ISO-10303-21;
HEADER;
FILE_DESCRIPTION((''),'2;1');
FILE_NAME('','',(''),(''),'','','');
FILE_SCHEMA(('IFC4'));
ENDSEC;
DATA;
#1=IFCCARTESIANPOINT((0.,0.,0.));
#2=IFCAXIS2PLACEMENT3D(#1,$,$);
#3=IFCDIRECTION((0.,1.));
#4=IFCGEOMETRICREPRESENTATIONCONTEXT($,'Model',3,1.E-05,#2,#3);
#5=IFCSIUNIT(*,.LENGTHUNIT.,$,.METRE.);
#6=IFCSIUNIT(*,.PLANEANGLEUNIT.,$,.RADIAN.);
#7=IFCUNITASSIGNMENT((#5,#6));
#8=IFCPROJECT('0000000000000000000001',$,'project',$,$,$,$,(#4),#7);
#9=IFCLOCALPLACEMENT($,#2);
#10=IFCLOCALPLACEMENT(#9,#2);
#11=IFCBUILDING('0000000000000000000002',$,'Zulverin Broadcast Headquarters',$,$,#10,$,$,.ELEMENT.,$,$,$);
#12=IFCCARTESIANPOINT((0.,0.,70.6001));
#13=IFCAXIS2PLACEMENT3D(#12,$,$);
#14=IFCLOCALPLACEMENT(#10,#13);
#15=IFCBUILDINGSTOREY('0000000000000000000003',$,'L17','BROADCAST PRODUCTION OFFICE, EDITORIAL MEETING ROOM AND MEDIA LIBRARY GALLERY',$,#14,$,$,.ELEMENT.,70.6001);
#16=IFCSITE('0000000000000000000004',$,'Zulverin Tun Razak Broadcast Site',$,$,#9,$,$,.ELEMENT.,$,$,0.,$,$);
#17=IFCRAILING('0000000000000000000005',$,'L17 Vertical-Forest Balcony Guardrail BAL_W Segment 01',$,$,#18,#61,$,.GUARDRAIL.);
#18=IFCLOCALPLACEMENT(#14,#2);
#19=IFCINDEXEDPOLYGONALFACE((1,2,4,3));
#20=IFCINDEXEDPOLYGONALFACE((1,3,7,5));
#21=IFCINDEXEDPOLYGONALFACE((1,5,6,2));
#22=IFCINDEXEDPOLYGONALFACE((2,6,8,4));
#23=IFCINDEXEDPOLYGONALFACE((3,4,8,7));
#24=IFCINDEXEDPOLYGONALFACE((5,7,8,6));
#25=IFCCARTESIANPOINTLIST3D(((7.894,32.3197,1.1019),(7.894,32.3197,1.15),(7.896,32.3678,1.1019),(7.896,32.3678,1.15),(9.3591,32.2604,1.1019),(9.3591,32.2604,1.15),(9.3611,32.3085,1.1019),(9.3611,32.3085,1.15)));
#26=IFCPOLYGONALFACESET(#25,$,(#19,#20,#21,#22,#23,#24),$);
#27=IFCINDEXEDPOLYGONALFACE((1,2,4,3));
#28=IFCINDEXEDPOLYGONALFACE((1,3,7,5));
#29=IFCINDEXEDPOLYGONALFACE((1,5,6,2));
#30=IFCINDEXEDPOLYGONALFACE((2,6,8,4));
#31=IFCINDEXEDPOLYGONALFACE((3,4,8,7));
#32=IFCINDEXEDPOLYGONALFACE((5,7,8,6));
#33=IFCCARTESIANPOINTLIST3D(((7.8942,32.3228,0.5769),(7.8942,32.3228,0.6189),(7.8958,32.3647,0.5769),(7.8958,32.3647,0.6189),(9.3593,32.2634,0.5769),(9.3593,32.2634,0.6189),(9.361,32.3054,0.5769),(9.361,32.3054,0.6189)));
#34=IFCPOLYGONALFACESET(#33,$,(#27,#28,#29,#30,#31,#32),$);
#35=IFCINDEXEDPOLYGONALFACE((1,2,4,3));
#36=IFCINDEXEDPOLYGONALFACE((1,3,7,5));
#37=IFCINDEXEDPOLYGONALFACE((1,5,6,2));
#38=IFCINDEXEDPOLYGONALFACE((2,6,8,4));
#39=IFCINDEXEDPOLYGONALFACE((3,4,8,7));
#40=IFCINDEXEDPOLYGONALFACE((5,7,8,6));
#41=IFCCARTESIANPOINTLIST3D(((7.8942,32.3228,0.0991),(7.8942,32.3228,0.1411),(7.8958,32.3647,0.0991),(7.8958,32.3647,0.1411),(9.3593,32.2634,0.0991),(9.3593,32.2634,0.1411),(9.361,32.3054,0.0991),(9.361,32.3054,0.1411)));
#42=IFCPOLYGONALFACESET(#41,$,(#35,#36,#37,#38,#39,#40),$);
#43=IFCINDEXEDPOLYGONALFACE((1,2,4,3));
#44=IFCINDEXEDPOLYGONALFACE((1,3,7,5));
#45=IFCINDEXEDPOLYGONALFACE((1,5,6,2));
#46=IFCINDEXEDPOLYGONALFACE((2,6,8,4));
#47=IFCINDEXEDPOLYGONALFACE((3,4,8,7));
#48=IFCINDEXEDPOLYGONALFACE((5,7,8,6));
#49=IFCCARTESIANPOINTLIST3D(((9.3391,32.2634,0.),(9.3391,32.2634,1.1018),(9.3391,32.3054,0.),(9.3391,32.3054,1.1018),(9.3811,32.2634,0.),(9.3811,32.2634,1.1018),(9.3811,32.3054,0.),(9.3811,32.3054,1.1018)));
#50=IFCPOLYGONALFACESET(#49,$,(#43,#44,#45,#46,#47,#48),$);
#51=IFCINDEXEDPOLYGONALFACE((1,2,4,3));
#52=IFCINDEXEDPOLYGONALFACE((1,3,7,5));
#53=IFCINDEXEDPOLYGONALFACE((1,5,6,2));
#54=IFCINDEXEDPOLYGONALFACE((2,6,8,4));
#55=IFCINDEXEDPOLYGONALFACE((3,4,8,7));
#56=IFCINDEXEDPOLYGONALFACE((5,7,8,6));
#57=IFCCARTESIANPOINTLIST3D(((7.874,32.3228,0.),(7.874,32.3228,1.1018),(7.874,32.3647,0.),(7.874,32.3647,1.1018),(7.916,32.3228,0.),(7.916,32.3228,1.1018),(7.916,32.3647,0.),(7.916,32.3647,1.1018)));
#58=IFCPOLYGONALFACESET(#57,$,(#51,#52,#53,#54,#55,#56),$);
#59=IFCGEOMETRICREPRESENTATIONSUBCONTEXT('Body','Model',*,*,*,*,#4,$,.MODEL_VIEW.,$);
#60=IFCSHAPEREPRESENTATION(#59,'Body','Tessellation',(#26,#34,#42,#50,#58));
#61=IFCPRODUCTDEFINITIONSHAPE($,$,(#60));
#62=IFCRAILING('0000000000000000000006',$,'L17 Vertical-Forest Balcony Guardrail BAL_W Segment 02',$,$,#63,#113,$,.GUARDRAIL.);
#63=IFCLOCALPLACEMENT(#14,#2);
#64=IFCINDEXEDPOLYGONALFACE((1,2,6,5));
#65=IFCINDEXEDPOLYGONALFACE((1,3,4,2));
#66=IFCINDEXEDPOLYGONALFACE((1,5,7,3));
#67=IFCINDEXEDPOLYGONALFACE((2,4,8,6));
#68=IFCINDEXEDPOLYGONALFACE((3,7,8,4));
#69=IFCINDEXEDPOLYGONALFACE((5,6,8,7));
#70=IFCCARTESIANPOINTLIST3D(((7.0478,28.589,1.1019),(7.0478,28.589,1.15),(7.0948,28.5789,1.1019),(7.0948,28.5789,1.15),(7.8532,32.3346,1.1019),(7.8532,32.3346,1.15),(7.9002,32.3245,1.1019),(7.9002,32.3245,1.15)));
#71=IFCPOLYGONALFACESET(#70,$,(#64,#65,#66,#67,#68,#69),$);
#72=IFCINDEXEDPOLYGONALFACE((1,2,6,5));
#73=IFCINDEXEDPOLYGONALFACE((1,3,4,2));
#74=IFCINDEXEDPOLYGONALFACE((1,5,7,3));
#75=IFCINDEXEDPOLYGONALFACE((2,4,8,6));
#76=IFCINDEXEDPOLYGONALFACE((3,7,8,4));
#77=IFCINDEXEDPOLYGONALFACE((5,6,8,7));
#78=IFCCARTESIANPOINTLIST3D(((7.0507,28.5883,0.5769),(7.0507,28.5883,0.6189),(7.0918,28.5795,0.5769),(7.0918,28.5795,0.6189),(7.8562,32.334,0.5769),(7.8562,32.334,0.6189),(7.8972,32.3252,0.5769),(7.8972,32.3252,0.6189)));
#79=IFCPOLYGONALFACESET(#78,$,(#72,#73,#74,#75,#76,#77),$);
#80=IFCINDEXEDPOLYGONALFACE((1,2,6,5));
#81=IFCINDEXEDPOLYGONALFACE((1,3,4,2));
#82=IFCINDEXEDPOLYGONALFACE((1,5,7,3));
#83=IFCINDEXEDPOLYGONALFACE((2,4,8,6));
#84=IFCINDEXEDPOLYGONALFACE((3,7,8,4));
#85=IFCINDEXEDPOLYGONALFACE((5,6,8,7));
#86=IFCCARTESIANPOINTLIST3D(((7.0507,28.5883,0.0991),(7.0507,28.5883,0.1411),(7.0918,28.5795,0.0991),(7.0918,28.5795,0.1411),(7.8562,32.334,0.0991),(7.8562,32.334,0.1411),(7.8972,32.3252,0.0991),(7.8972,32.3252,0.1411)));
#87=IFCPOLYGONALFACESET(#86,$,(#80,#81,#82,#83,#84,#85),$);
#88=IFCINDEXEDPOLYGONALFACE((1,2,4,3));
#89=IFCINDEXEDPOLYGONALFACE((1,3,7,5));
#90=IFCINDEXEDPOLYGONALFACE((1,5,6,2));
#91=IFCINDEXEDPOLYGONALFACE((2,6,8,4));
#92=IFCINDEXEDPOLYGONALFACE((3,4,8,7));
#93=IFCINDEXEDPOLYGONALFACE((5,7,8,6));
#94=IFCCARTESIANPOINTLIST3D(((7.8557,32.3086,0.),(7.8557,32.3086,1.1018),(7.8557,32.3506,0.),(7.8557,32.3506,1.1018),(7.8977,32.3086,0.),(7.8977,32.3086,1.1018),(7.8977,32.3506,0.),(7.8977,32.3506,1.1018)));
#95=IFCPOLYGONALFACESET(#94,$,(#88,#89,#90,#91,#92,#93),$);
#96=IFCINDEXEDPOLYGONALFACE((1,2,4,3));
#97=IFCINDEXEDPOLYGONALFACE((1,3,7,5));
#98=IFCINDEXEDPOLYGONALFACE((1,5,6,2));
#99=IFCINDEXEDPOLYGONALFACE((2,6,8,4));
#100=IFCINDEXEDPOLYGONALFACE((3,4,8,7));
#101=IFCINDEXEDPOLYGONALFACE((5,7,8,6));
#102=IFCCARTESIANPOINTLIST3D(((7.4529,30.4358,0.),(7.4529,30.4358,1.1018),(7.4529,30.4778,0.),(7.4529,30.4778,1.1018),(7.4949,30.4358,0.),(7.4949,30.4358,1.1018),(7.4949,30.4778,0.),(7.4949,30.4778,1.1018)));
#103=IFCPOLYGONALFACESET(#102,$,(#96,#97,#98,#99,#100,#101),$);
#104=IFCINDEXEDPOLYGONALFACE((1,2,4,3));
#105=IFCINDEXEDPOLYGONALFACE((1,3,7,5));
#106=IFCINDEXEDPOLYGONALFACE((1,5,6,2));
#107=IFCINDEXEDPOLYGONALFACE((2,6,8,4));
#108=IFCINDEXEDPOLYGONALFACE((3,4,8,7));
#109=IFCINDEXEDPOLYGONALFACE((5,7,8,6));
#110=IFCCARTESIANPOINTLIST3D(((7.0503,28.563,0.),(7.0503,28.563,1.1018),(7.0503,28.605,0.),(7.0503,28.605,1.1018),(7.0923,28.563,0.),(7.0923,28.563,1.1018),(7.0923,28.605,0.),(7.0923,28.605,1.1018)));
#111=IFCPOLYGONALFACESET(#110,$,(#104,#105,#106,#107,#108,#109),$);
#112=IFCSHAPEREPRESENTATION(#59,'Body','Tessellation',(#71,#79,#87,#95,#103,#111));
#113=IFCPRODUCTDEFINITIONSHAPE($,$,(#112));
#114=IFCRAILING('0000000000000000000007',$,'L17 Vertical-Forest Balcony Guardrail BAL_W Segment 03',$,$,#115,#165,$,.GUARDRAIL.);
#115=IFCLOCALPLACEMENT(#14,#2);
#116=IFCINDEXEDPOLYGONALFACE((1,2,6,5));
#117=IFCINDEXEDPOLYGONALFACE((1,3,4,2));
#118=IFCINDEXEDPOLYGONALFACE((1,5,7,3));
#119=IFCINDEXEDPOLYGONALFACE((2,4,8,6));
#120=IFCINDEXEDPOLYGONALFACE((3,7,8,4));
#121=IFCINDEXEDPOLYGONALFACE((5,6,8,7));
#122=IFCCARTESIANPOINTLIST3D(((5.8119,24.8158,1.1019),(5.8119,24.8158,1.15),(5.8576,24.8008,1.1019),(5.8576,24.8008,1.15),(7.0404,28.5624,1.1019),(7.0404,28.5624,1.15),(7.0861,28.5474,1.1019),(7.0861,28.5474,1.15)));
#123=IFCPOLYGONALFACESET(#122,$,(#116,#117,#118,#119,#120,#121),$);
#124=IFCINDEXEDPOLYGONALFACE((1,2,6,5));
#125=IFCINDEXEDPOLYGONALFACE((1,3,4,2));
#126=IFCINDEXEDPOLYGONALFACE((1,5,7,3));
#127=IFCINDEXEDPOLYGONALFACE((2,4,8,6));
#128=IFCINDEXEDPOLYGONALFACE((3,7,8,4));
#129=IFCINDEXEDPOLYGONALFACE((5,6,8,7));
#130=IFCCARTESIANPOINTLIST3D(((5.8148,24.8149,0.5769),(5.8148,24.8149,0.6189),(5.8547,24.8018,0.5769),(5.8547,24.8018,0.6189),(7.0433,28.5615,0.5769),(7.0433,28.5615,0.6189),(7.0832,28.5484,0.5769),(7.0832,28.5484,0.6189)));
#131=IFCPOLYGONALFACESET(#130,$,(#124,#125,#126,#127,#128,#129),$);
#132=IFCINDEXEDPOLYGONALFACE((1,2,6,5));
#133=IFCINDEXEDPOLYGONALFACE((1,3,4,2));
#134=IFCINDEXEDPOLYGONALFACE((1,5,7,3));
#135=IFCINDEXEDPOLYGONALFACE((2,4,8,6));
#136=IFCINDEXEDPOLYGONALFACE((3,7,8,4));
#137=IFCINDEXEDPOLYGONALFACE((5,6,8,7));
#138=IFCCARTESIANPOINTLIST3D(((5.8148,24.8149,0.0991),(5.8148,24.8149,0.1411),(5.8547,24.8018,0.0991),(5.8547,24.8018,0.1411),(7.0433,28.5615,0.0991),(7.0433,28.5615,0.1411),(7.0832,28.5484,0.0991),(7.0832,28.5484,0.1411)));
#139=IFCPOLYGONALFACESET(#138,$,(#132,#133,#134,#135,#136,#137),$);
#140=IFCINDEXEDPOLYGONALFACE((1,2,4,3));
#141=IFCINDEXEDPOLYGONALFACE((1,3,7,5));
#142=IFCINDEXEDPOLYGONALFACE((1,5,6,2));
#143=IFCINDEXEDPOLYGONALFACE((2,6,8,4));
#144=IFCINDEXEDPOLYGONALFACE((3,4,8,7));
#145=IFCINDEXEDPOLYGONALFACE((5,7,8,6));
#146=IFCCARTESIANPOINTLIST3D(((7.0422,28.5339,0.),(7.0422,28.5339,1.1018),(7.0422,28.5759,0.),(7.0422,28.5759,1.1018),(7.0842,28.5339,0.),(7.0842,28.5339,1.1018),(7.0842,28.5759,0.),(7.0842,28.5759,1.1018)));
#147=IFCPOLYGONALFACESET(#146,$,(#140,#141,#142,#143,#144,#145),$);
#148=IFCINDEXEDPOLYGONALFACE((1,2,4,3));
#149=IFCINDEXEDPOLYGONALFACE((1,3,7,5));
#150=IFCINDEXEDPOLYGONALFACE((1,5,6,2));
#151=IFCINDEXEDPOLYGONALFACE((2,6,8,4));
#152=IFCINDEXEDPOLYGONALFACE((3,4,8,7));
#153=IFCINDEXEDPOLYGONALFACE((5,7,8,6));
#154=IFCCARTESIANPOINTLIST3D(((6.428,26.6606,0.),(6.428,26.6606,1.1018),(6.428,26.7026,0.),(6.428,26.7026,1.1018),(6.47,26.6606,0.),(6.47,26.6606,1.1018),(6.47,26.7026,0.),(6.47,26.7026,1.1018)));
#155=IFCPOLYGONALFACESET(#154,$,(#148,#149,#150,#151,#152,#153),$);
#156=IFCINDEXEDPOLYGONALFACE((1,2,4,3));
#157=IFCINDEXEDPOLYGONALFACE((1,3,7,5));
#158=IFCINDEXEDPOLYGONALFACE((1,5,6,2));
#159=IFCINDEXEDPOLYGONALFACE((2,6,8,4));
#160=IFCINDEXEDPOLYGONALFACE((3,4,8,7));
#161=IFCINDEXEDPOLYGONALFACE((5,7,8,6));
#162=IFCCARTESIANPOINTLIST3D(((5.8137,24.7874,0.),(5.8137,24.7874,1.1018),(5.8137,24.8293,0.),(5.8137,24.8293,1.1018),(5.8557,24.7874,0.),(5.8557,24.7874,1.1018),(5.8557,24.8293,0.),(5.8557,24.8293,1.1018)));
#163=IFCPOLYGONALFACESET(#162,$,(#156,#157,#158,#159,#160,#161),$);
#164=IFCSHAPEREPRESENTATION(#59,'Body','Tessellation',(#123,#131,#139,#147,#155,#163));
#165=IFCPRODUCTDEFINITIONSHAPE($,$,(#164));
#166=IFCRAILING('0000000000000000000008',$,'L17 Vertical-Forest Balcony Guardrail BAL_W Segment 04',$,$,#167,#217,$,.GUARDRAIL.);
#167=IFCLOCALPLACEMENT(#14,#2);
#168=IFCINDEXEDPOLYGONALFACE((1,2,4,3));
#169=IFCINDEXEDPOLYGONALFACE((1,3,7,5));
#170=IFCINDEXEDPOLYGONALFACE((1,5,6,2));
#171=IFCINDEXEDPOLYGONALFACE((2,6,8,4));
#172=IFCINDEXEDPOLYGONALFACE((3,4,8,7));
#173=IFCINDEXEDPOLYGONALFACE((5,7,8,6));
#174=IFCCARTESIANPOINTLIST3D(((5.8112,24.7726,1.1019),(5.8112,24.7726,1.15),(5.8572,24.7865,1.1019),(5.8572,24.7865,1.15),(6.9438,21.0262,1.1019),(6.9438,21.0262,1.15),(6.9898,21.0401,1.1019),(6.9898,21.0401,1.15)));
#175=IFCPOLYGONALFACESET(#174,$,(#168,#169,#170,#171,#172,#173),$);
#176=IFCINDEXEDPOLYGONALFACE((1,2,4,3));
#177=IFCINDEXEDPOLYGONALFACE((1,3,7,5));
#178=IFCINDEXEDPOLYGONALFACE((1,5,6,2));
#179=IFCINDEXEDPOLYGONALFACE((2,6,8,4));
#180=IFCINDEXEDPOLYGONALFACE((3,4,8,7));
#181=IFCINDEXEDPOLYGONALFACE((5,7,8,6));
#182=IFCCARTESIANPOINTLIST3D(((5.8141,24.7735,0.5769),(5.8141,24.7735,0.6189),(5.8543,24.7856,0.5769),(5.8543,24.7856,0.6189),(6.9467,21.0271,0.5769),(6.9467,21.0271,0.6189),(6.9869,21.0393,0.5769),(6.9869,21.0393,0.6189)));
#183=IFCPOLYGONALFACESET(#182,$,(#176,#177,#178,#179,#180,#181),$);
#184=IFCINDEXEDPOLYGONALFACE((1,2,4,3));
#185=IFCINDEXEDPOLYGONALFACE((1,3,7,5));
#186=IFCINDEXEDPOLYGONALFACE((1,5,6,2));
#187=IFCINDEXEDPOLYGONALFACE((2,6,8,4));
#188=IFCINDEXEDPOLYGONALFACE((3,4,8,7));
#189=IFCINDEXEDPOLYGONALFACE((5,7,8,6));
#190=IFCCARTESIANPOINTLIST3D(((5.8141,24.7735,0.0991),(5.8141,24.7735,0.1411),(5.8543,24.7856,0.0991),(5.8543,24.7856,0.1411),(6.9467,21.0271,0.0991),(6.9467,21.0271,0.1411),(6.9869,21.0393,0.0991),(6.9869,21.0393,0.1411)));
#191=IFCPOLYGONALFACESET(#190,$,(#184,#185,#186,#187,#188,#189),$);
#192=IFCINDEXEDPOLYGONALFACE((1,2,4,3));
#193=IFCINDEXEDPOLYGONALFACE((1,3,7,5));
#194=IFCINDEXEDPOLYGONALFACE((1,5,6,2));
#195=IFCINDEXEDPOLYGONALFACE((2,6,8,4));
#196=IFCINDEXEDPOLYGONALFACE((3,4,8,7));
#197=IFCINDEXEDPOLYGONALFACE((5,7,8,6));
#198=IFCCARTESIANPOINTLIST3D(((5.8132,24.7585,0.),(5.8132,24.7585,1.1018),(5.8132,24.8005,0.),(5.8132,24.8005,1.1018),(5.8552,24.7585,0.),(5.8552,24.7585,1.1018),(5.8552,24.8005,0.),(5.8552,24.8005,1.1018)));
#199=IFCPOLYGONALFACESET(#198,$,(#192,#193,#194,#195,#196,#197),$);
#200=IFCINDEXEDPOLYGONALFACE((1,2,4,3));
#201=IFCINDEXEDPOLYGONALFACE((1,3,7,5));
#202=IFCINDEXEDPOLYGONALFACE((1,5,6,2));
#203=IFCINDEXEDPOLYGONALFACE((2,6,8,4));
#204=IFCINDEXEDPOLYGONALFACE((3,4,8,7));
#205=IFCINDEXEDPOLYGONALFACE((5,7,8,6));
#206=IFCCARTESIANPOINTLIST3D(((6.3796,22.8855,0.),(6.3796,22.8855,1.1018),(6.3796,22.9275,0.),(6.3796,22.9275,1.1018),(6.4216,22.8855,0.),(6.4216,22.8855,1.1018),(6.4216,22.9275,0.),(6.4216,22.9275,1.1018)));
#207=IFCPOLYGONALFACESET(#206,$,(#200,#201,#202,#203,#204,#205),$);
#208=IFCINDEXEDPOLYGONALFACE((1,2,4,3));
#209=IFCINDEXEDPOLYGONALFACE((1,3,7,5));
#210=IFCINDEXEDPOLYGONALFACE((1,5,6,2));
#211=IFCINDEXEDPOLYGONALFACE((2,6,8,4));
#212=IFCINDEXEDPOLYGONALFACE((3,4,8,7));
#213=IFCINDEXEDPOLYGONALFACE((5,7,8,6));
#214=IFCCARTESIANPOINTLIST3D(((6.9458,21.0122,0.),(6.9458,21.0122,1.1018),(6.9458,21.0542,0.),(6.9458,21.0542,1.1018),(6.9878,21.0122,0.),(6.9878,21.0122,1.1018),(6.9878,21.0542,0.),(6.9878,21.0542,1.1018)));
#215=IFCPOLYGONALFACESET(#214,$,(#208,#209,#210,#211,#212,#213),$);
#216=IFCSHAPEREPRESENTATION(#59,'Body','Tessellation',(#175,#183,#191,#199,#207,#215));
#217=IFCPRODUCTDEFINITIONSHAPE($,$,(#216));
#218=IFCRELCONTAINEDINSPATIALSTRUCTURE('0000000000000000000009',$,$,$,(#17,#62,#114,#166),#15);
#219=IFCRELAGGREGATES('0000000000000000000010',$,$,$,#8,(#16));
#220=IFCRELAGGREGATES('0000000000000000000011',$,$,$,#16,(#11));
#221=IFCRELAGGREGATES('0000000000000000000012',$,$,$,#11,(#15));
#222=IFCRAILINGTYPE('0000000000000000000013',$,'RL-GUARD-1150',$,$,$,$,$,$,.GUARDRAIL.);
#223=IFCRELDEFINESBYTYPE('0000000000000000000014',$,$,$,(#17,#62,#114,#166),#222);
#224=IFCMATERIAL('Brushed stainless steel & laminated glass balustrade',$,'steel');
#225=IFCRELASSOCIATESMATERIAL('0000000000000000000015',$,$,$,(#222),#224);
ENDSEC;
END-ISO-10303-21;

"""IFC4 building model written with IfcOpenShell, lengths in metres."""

from ifc_helpers import new_model, si_unit, direction, frame, origin, origin_2d, place, context, subcontext, project, spatial, rectangle, extrude, material, type_object, element, save


model = new_model("IFC4")

# Units and contexts
model_context = context("Model", 3, precision=1e-05, world=origin(), true_north=direction((0.0, 1.0)))
body_context = subcontext(model_context, "Body", "Model", "MODEL_VIEW")
ifc_project = project(units=[si_unit("LENGTHUNIT", "METRE"), si_unit("PLANEANGLEUNIT", "RADIAN")], contexts=[model_context])

# Site, building, storey
site_placement = place(None, origin())
site = spatial("IfcSite", under=ifc_project, at=site_placement, Name="Zulverin Tun Razak Broadcast Site", CompositionType="ELEMENT", RefElevation=0.0)
building_placement = place(site_placement, origin())
building = spatial("IfcBuilding", under=site, at=building_placement, Name="Zulverin Broadcast Headquarters", CompositionType="ELEMENT")
storey_placement = place(building_placement, frame((0.0, 0.0, 70.6001)))
storey = spatial("IfcBuildingStorey", under=building, at=storey_placement, Name="L17", Description="BROADCAST PRODUCTION OFFICE, EDITORIAL MEETING ROOM AND MEDIA LIBRARY GALLERY", CompositionType="ELEMENT", Elevation=70.6001)

# Railings
ifc_material_1 = material(Name="Brushed stainless steel & laminated glass balustrade", Category="steel")
railing_type = type_object("IfcRailingType", Name="RL-GUARD-1150", PredefinedType="GUARDRAIL", material=ifc_material_1)
railing_1_placement = place(storey_placement, frame((9.3601, 32.2844, 0.0)))
element("IfcRailing", 1, at=railing_1_placement, inside=storey, type_object=railing_type, Name="L17 Vertical-Forest Balcony Guardrail BAL_W Segment 01", PredefinedType="GUARDRAIL", context=body_context, shape_type="SweptSolid", body=[
    extrude(rectangle(XDim=0.0481, YDim=0.0481, at=origin_2d()), frame((0.0, 0.0, 1.126), z_axis=(-0.999181, 0.04046, 0.0), x_axis=(-0.04046, -0.999181, 0.0)), (0.0, 0.0, 1.0), 1.4663),
    extrude(rectangle(XDim=0.042, YDim=0.042, at=origin_2d()), frame((0.0, 0.0, 0.5979), z_axis=(-0.999181, 0.04046, 0.0), x_axis=(-0.04046, -0.999181, 0.0)), (0.0, 0.0, 1.0), 1.4663),
    extrude(rectangle(XDim=0.042, YDim=0.042, at=origin_2d()), frame((0.0, 0.0, 0.1201), z_axis=(-0.999181, 0.04046, 0.0), x_axis=(-0.04046, -0.999181, 0.0)), (0.0, 0.0, 1.0), 1.4663),
    extrude(rectangle(XDim=0.042, YDim=0.042, at=origin_2d()), origin(), (0.0, 0.0, 1.0), 1.1018),
    extrude(rectangle(XDim=0.042, YDim=0.042, at=origin_2d()), frame((-1.4651, 0.0593, 0.0)), (0.0, 0.0, 1.0), 1.1018),
])
railing_2_placement = place(storey_placement, frame((7.8767, 32.3296, 0.0)))
element("IfcRailing", 2, at=railing_2_placement, inside=storey, type_object=railing_type, Name="L17 Vertical-Forest Balcony Guardrail BAL_W Segment 02", PredefinedType="GUARDRAIL", context=body_context, shape_type="SweptSolid", body=[
    extrude(rectangle(XDim=0.0481, YDim=0.0481, at=origin_2d()), frame((0.0, 0.0, 1.126), z_axis=(-0.210225, -0.977653, 0.0), x_axis=(0.977653, -0.210225, 0.0)), (0.0, 0.0, 1.0), 3.8313),
    extrude(rectangle(XDim=0.042, YDim=0.042, at=origin_2d()), frame((0.0, 0.0, 0.5979), z_axis=(-0.210225, -0.977653, 0.0), x_axis=(0.977653, -0.210225, 0.0)), (0.0, 0.0, 1.0), 3.8313),
    extrude(rectangle(XDim=0.042, YDim=0.042, at=origin_2d()), frame((0.0, 0.0, 0.1201), z_axis=(-0.210225, -0.977653, 0.0), x_axis=(0.977653, -0.210225, 0.0)), (0.0, 0.0, 1.0), 3.8313),
    extrude(rectangle(XDim=0.042, YDim=0.042, at=origin_2d()), origin(), (0.0, 0.0, 1.0), 1.1018),
    extrude(rectangle(XDim=0.042, YDim=0.042, at=origin_2d()), frame((-0.4028, -1.8728, 0.0)), (0.0, 0.0, 1.0), 1.1018),
    extrude(rectangle(XDim=0.042, YDim=0.042, at=origin_2d()), frame((-0.8054, -3.7456, 0.0)), (0.0, 0.0, 1.0), 1.1018),
])
railing_3_placement = place(storey_placement, frame((7.0632, 28.5549, 0.0)))
element("IfcRailing", 3, at=railing_3_placement, inside=storey, type_object=railing_type, Name="L17 Vertical-Forest Balcony Guardrail BAL_W Segment 03", PredefinedType="GUARDRAIL", context=body_context, shape_type="SweptSolid", body=[
    extrude(rectangle(XDim=0.0481, YDim=0.0481, at=origin_2d()), frame((0.0, 0.0, 1.126), z_axis=(-0.31158, -0.95022, 0.0), x_axis=(0.95022, -0.31158, 0.0)), (0.0, 0.0, 1.0), 3.9429),
    extrude(rectangle(XDim=0.042, YDim=0.042, at=origin_2d()), frame((0.0, 0.0, 0.5979), z_axis=(-0.31158, -0.95022, 0.0), x_axis=(0.95022, -0.31158, 0.0)), (0.0, 0.0, 1.0), 3.9429),
    extrude(rectangle(XDim=0.042, YDim=0.042, at=origin_2d()), frame((0.0, 0.0, 0.1201), z_axis=(-0.31158, -0.95022, 0.0), x_axis=(0.95022, -0.31158, 0.0)), (0.0, 0.0, 1.0), 3.9429),
    extrude(rectangle(XDim=0.042, YDim=0.042, at=origin_2d()), origin(), (0.0, 0.0, 1.0), 1.1018),
    extrude(rectangle(XDim=0.042, YDim=0.042, at=origin_2d()), frame((-0.6143, -1.8733, 0.0)), (0.0, 0.0, 1.0), 1.1018),
    extrude(rectangle(XDim=0.042, YDim=0.042, at=origin_2d()), frame((-1.2285, -3.7466, 0.0)), (0.0, 0.0, 1.0), 1.1018),
])
railing_4_placement = place(storey_placement, frame((5.8342, 24.7795, 0.0)))
element("IfcRailing", 4, at=railing_4_placement, inside=storey, type_object=railing_type, Name="L17 Vertical-Forest Balcony Guardrail BAL_W Segment 04", PredefinedType="GUARDRAIL", context=body_context, shape_type="SweptSolid", body=[
    extrude(rectangle(XDim=0.0481, YDim=0.0481, at=origin_2d()), frame((0.0, 0.0, 1.126), z_axis=(0.289379, -0.957215, 0.0), x_axis=(0.957215, 0.289379, 0.0)), (0.0, 0.0, 1.0), 3.9138),
    extrude(rectangle(XDim=0.042, YDim=0.042, at=origin_2d()), frame((0.0, 0.0, 0.5979), z_axis=(0.289379, -0.957215, 0.0), x_axis=(0.957215, 0.289379, 0.0)), (0.0, 0.0, 1.0), 3.9138),
    extrude(rectangle(XDim=0.042, YDim=0.042, at=origin_2d()), frame((0.0, 0.0, 0.1201), z_axis=(0.289379, -0.957215, 0.0), x_axis=(0.957215, 0.289379, 0.0)), (0.0, 0.0, 1.0), 3.9138),
    extrude(rectangle(XDim=0.042, YDim=0.042, at=origin_2d()), origin(), (0.0, 0.0, 1.0), 1.1018),
    extrude(rectangle(XDim=0.042, YDim=0.042, at=origin_2d()), frame((0.5664, -1.873, 0.0)), (0.0, 0.0, 1.0), 1.1018),
    extrude(rectangle(XDim=0.042, YDim=0.042, at=origin_2d()), frame((1.1326, -3.7463, 0.0)), (0.0, 0.0, 1.0), 1.1018),
])

save(model, "model.ifc")
